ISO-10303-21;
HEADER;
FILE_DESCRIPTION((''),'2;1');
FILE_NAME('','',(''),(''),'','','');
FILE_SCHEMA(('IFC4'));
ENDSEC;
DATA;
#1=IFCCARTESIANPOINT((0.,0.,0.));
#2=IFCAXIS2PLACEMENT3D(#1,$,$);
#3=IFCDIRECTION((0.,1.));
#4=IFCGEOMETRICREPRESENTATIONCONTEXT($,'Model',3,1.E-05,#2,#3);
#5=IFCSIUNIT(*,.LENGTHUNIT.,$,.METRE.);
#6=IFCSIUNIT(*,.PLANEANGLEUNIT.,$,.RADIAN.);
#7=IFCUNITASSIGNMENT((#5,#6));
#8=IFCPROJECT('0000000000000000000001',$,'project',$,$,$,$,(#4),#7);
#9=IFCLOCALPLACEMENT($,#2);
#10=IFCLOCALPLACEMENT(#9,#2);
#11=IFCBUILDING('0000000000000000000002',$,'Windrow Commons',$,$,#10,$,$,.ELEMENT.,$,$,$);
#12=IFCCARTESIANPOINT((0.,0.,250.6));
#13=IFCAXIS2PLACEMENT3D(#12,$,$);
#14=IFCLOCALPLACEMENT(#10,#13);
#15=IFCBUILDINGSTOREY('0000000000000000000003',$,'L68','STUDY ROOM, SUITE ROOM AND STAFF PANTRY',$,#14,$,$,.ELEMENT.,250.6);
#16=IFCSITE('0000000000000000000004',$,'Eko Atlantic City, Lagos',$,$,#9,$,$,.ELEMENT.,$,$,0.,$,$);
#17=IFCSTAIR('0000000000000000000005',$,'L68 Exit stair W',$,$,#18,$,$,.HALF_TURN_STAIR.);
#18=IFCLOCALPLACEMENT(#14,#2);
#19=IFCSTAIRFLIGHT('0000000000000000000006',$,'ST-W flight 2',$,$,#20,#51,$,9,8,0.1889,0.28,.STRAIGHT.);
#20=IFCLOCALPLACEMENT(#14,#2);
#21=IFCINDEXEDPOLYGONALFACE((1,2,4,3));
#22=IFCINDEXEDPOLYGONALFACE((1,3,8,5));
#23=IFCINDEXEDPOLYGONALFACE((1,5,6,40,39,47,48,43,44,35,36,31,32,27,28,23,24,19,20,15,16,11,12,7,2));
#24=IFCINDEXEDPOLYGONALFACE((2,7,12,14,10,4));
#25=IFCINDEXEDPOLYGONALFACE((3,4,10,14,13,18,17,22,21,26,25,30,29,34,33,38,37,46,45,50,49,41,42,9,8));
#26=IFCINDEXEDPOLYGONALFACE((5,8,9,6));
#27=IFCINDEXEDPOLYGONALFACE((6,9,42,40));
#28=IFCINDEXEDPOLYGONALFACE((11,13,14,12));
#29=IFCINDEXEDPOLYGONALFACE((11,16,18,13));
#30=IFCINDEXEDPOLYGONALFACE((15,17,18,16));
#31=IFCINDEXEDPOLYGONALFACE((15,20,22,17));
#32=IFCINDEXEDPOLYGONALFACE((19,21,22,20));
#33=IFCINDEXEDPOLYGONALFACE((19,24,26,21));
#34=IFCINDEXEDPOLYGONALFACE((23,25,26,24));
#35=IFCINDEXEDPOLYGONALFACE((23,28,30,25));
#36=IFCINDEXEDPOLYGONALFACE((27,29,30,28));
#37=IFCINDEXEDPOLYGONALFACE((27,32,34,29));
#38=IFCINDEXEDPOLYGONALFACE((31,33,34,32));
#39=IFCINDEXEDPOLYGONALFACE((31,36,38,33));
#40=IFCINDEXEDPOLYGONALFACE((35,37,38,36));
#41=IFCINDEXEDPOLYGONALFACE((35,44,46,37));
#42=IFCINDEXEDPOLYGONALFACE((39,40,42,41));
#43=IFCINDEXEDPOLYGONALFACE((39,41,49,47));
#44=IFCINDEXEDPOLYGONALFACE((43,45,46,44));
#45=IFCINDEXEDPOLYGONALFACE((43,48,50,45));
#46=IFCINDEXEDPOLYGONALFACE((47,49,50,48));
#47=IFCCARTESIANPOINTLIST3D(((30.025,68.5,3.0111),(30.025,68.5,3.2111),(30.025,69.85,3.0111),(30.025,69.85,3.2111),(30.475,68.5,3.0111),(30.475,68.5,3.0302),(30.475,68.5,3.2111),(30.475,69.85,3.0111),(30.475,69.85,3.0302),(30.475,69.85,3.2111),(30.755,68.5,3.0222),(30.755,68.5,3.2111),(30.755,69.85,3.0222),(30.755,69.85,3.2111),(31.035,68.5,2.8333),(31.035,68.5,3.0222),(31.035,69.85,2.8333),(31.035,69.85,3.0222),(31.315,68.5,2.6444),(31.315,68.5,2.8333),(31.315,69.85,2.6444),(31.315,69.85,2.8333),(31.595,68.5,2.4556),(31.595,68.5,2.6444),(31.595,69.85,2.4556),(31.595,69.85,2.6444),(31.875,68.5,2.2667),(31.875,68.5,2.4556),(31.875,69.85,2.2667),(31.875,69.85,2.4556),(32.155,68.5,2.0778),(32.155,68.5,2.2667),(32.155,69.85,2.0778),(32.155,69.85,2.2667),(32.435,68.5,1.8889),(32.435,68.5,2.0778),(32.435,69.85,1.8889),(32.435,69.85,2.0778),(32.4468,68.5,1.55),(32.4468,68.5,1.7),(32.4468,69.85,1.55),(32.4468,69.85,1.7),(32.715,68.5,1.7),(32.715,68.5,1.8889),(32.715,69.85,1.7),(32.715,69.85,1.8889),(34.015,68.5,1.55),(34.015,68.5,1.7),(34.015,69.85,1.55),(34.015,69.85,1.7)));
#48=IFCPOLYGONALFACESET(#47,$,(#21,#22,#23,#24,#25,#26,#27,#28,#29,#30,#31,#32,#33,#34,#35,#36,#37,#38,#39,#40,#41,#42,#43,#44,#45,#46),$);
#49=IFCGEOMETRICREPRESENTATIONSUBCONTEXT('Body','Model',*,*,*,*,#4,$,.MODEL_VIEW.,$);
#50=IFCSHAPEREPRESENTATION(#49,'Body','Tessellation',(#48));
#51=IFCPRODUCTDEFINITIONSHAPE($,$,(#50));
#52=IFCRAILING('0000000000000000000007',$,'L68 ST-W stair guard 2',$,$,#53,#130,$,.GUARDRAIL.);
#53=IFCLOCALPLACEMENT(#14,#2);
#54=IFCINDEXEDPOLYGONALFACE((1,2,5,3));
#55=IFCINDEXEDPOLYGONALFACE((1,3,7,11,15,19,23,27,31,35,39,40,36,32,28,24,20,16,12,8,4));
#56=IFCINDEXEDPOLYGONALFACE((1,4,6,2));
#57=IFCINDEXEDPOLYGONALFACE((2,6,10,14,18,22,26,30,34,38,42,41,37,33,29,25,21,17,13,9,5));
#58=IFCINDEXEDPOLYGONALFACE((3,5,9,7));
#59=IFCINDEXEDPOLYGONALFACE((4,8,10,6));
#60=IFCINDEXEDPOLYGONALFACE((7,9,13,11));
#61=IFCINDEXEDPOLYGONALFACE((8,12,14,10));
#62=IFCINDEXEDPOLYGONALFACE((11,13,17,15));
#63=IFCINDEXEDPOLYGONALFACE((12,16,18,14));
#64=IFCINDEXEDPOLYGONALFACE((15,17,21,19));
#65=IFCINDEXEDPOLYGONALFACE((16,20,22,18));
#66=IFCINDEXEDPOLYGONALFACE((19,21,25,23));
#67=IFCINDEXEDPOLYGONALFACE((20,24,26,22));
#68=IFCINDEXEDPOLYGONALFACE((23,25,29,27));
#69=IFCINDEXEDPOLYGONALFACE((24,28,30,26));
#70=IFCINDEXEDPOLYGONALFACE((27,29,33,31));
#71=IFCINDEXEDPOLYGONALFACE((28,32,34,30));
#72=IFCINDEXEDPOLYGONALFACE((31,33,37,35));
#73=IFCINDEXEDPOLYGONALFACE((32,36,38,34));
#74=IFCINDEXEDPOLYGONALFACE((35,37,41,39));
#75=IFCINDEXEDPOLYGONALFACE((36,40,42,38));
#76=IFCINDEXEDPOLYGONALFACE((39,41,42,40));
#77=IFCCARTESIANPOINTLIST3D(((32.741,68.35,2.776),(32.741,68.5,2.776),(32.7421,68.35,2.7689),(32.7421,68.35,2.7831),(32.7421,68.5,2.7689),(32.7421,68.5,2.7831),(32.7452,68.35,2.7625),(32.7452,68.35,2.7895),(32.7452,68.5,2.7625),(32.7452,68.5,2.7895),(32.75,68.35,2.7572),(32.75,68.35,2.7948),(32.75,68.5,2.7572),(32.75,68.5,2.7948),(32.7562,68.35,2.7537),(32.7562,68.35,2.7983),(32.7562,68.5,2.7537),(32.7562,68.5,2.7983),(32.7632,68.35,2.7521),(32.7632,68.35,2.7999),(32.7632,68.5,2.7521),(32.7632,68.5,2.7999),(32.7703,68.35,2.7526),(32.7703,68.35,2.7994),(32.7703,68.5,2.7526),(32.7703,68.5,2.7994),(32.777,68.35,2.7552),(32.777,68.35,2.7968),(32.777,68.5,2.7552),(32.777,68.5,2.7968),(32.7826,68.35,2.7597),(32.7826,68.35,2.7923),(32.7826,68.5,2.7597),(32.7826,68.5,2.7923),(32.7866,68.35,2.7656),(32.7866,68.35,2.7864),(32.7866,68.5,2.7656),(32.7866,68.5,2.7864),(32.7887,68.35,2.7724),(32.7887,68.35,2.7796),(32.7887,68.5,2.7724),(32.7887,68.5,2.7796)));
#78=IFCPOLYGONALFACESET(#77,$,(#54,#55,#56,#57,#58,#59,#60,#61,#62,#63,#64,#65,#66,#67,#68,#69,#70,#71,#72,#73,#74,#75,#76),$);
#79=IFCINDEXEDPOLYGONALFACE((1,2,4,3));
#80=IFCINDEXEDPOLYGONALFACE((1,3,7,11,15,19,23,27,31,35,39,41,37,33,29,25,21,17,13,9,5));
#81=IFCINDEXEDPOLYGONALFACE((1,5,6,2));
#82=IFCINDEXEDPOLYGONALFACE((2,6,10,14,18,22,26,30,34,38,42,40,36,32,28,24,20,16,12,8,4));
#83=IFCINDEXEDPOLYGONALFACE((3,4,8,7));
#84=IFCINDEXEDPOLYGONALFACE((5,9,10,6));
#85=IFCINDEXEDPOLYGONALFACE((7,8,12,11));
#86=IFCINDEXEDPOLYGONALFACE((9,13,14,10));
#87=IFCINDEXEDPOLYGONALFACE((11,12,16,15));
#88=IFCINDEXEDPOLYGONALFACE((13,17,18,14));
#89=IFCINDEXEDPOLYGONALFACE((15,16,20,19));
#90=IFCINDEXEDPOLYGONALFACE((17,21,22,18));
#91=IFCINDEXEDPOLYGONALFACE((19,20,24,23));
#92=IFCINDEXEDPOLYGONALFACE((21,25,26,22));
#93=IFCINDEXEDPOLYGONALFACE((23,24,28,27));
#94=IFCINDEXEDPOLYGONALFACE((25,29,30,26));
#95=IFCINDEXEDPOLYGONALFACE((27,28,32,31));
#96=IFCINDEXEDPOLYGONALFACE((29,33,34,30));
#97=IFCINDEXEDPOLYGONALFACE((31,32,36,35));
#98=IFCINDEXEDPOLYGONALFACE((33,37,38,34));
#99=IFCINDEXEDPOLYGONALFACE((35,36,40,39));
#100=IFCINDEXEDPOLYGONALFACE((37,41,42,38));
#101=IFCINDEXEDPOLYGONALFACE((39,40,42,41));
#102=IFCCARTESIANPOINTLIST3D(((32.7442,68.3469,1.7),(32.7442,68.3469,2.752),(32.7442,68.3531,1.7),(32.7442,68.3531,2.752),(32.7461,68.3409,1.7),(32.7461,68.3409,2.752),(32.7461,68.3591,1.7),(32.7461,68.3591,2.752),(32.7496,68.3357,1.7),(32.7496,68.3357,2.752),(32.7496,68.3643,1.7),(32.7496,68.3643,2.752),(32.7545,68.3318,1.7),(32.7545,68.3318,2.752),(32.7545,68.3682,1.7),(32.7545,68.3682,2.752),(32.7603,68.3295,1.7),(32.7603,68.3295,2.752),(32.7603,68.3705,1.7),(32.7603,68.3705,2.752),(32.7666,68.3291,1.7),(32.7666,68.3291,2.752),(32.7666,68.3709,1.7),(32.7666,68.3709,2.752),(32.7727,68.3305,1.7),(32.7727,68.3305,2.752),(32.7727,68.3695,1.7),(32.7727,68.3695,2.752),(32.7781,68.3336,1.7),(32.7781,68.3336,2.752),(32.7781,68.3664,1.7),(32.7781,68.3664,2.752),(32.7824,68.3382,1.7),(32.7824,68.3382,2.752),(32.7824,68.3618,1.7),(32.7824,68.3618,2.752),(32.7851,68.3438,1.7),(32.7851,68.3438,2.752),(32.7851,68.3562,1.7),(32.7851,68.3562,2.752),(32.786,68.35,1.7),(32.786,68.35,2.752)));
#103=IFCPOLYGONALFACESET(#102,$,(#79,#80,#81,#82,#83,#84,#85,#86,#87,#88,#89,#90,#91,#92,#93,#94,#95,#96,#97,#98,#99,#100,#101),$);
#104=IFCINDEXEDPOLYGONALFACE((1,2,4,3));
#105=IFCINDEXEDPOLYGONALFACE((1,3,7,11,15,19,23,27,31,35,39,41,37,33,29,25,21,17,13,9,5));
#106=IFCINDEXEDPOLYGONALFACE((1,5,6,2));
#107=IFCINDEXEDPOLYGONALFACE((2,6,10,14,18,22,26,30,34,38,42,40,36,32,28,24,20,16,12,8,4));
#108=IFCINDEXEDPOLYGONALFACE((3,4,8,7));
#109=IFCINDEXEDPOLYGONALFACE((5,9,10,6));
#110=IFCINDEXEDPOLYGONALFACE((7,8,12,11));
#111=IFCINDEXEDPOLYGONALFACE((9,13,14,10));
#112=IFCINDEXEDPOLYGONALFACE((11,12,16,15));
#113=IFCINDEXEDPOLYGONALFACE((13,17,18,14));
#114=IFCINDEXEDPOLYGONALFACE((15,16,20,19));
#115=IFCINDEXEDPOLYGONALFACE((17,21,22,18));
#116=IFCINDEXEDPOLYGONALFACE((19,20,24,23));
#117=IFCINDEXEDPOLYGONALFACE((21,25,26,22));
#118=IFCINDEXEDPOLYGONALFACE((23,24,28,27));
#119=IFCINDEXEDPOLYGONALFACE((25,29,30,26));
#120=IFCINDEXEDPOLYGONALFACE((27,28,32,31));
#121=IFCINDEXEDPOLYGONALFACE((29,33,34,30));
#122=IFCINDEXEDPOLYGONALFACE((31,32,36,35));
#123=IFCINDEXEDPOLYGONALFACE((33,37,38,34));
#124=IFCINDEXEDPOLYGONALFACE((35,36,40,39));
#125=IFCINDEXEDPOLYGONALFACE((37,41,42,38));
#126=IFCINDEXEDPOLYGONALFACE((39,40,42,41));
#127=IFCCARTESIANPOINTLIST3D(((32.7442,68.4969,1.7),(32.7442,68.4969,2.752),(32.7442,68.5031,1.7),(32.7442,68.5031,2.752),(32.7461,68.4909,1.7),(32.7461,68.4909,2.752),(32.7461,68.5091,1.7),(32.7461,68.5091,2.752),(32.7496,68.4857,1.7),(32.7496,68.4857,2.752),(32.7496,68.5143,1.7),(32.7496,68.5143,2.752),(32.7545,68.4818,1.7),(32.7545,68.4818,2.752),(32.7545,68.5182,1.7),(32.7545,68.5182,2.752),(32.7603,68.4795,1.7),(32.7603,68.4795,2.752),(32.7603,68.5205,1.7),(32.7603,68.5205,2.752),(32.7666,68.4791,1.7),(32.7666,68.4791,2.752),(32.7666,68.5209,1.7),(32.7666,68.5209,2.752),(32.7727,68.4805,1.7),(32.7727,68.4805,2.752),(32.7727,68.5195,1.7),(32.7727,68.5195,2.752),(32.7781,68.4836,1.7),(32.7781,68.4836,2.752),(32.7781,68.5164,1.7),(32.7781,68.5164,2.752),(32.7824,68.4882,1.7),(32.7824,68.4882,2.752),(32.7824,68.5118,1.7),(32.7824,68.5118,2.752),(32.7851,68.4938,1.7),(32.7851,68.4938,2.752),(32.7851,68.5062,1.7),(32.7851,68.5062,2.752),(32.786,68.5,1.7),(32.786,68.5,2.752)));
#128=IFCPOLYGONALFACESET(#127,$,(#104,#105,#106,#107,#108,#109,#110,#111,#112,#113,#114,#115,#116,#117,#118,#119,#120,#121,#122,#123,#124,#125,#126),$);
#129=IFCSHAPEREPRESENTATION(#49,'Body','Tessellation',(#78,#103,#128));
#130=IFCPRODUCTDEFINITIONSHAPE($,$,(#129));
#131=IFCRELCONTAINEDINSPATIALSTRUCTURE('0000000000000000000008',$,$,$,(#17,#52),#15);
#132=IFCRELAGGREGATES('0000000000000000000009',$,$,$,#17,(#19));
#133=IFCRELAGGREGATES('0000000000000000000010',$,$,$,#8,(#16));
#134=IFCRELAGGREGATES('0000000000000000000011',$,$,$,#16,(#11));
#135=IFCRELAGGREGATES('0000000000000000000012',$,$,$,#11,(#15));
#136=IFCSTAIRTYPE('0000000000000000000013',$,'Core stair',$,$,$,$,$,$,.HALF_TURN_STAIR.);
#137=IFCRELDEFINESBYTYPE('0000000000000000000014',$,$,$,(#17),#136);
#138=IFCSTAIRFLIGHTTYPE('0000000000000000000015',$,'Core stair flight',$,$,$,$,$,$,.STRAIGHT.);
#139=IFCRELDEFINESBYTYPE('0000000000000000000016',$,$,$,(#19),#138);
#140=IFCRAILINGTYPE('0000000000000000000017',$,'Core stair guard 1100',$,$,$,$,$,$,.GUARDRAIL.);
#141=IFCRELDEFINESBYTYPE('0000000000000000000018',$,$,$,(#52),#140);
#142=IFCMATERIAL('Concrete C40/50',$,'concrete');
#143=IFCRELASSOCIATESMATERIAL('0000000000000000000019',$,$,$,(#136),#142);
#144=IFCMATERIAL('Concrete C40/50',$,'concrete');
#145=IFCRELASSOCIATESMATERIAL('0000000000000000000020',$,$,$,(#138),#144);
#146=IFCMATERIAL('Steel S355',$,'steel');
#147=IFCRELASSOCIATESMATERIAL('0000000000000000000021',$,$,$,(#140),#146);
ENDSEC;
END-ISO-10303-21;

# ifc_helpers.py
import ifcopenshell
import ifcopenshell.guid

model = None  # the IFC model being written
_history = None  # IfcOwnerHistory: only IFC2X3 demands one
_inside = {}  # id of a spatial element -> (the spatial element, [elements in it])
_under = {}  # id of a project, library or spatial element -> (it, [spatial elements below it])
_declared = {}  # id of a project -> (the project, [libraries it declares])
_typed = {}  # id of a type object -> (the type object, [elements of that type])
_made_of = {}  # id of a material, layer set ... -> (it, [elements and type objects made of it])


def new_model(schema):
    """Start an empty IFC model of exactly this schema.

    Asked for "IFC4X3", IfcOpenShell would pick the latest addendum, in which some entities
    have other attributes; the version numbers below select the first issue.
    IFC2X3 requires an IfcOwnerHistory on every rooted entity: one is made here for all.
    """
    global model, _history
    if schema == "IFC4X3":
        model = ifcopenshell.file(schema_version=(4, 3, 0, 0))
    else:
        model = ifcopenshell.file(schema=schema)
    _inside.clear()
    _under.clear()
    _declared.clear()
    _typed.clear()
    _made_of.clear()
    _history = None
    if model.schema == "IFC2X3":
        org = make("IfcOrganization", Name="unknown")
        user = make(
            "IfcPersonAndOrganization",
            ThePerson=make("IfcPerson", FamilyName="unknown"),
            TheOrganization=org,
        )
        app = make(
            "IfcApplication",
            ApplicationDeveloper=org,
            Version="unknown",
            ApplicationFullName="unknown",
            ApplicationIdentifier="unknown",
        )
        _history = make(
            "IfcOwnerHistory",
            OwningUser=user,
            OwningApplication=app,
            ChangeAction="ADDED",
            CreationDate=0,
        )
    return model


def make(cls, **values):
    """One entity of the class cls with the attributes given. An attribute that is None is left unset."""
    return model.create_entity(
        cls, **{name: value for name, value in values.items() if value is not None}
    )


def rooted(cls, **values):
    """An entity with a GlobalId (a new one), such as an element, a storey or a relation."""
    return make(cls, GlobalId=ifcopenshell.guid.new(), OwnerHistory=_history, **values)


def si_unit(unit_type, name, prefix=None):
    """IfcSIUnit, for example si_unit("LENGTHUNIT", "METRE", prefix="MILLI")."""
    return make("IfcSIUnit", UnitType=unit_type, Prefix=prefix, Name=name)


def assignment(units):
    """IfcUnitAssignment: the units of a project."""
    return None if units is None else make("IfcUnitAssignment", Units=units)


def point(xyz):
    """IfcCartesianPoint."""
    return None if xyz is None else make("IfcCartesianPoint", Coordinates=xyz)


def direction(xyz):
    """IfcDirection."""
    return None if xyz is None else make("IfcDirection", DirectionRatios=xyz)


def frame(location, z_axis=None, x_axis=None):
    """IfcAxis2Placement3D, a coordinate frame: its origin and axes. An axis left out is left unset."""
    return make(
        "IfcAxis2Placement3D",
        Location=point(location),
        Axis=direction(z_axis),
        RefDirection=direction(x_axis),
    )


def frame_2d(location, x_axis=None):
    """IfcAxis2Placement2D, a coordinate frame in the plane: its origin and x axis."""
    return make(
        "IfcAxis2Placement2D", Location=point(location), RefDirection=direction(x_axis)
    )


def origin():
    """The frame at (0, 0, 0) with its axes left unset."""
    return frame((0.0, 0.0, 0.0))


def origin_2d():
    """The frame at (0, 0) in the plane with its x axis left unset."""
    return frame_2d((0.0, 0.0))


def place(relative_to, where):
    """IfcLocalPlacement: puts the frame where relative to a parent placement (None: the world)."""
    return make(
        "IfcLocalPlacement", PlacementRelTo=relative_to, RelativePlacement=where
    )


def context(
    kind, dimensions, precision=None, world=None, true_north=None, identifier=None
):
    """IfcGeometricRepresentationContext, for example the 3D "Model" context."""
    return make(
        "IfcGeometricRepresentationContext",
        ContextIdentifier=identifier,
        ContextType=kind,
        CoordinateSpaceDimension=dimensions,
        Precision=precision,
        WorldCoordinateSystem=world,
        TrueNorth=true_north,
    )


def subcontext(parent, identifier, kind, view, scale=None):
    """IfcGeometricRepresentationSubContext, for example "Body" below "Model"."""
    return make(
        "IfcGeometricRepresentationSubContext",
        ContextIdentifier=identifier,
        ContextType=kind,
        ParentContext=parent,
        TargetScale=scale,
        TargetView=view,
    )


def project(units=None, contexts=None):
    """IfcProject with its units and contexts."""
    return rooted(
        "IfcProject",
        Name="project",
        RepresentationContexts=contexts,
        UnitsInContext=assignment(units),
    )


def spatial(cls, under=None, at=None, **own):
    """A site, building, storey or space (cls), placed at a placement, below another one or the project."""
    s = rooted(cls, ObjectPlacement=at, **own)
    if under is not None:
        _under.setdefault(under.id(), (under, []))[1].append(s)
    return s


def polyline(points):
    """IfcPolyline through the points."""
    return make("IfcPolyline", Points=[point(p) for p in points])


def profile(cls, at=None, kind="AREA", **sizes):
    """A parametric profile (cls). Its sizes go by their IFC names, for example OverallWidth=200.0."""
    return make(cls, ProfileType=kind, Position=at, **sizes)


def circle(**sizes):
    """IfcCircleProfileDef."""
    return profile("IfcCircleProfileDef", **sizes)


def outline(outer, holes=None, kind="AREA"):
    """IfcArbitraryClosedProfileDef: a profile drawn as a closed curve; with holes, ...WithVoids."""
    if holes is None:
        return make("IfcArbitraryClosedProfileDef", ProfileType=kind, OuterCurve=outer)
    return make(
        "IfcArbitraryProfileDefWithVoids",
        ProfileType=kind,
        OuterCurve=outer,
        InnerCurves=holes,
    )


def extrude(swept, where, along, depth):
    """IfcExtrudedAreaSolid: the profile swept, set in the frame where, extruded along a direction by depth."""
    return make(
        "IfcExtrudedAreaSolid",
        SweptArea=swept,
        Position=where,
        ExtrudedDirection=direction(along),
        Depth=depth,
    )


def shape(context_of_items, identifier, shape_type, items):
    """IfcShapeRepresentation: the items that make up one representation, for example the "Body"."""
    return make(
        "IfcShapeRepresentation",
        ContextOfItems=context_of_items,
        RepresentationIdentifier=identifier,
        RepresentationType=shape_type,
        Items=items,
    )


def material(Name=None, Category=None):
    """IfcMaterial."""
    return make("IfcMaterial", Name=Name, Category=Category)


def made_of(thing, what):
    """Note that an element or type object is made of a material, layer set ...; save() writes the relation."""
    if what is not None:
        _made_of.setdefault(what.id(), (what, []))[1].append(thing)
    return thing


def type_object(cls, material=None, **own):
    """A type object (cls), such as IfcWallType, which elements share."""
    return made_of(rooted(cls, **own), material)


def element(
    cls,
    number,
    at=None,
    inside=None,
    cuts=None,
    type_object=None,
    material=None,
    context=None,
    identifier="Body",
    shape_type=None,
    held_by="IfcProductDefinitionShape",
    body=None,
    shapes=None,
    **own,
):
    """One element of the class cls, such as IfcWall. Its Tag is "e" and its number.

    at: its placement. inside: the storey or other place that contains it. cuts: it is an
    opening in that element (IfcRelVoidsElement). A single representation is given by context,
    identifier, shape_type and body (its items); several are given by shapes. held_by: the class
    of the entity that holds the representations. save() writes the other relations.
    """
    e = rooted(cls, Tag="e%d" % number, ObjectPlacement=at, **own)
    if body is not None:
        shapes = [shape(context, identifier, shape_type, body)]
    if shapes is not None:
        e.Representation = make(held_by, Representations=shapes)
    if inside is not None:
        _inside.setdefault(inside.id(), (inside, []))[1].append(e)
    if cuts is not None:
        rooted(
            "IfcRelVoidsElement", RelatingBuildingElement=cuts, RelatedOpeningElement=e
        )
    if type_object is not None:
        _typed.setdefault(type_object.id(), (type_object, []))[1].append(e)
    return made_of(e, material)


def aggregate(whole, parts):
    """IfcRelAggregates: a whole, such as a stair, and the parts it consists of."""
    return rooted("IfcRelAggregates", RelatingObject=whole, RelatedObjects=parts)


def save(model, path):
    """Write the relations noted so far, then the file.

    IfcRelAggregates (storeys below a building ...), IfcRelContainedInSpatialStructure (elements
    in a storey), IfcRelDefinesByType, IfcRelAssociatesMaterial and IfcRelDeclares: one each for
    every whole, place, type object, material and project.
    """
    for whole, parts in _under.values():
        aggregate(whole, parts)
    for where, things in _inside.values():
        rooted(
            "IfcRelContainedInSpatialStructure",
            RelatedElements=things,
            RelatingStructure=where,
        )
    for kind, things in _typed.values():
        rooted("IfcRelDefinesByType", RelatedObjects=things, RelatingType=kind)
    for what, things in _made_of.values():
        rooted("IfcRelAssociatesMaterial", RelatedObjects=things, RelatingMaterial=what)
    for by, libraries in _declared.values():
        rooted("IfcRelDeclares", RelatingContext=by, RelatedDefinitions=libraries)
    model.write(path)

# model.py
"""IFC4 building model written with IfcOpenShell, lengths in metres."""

from ifc_helpers import new_model, si_unit, direction, frame, origin, origin_2d, place, context, subcontext, project, spatial, polyline, circle, outline, extrude, material, type_object, element, aggregate, save


model = new_model("IFC4")

# Units and contexts
model_context = context("Model", 3, precision=1e-05, world=origin(), true_north=direction((0.0, 1.0)))
body_context = subcontext(model_context, "Body", "Model", "MODEL_VIEW")
ifc_project = project(units=[si_unit("LENGTHUNIT", "METRE"), si_unit("PLANEANGLEUNIT", "RADIAN")], contexts=[model_context])

# Site, building, storey
site_placement = place(None, origin())
site = spatial("IfcSite", under=ifc_project, at=site_placement, Name="Eko Atlantic City, Lagos", CompositionType="ELEMENT", RefElevation=0.0)
building_placement = place(site_placement, origin())
building = spatial("IfcBuilding", under=site, at=building_placement, Name="Windrow Commons", CompositionType="ELEMENT")
storey_placement = place(building_placement, frame((0.0, 0.0, 250.6)))
storey = spatial("IfcBuildingStorey", under=building, at=storey_placement, Name="L68", Description="STUDY ROOM, SUITE ROOM AND STAFF PANTRY", CompositionType="ELEMENT", Elevation=250.6)

# Stair, stair flight
ifc_material_1 = material(Name="Concrete C40/50", Category="concrete")
stair_type = type_object("IfcStairType", Name="Core stair", PredefinedType="HALF_TURN_STAIR", material=ifc_material_1)
stair_placement = place(storey_placement, origin())
stair = element("IfcStair", 1, at=stair_placement, inside=storey, type_object=stair_type, Name="L68 Exit stair W", PredefinedType="HALF_TURN_STAIR")
ifc_material_2 = material(Name="Concrete C40/50", Category="concrete")
stair_flight_type = type_object("IfcStairFlightType", Name="Core stair flight", PredefinedType="STRAIGHT", material=ifc_material_2)
stair_flight_placement = place(storey_placement, frame((32.715, 69.175, 1.7), z_axis=(0.0, 0.0, 1.0), x_axis=(-1.0, 0.0, 0.0)))
stair_flight = element("IfcStairFlight", 2, at=stair_flight_placement, type_object=stair_flight_type, Name="ST-W flight 2", NumberOfRisers=9, NumberOfTreads=8, PredefinedType="STRAIGHT", RiserHeight=0.1889, TreadLength=0.28, context=body_context, shape_type="SweptSolid", body=[
    extrude(outline(polyline([(-1.3, -0.15), (-1.3, 0.0), (0.0, 0.0), (0.0, 0.1889), (0.28, 0.1889), (0.28, 0.3778), (0.56, 0.3778), (0.56, 0.5667), (0.84, 0.5667), (0.84, 0.7556), (1.12, 0.7556), (1.12, 0.9444), (1.4, 0.9444), (1.4, 1.1333), (1.68, 1.1333), (1.68, 1.3222), (1.96, 1.3222), (1.96, 1.5111), (2.24, 1.5111), (2.69, 1.5111), (2.69, 1.3111), (2.24, 1.3111), (2.24, 1.3302), (0.2682, 0.0), (0.2682, -0.15), (-1.3, -0.15)])), frame((0.0, 0.675, 0.0), z_axis=(0.0, -1.0, 0.0), x_axis=(1.0, 0.0, 0.0)), (0.0, 0.0, 1.0), 1.35),
])
aggregate(stair, [stair_flight])

# Railing
ifc_material_3 = material(Name="Steel S355", Category="steel")
railing_type_1 = type_object("IfcRailingType", Name="Core stair guard 1100", PredefinedType="GUARDRAIL", material=ifc_material_3)
railing_1_placement = place(storey_placement, frame((32.765, 68.35, 1.7)))
element("IfcRailing", 3, at=railing_1_placement, inside=storey, type_object=railing_type_1, Name="L68 ST-W stair guard 2", PredefinedType="GUARDRAIL", context=body_context, shape_type="SweptSolid", body=[
    extrude(circle(Radius=0.024, at=origin_2d()), frame((0.0, 0.0, 1.076), z_axis=(0.0, 1.0, 0.0), x_axis=(-1.0, 0.0, 0.0)), (0.0, 0.0, 1.0), 0.15),
    extrude(circle(Radius=0.021, at=origin_2d()), origin(), (0.0, 0.0, 1.0), 1.052),
    extrude(circle(Radius=0.021, at=origin_2d()), frame((0.0, 0.15, 0.0)), (0.0, 0.0, 1.0), 1.052),
])

save(model, "model.ifc")
